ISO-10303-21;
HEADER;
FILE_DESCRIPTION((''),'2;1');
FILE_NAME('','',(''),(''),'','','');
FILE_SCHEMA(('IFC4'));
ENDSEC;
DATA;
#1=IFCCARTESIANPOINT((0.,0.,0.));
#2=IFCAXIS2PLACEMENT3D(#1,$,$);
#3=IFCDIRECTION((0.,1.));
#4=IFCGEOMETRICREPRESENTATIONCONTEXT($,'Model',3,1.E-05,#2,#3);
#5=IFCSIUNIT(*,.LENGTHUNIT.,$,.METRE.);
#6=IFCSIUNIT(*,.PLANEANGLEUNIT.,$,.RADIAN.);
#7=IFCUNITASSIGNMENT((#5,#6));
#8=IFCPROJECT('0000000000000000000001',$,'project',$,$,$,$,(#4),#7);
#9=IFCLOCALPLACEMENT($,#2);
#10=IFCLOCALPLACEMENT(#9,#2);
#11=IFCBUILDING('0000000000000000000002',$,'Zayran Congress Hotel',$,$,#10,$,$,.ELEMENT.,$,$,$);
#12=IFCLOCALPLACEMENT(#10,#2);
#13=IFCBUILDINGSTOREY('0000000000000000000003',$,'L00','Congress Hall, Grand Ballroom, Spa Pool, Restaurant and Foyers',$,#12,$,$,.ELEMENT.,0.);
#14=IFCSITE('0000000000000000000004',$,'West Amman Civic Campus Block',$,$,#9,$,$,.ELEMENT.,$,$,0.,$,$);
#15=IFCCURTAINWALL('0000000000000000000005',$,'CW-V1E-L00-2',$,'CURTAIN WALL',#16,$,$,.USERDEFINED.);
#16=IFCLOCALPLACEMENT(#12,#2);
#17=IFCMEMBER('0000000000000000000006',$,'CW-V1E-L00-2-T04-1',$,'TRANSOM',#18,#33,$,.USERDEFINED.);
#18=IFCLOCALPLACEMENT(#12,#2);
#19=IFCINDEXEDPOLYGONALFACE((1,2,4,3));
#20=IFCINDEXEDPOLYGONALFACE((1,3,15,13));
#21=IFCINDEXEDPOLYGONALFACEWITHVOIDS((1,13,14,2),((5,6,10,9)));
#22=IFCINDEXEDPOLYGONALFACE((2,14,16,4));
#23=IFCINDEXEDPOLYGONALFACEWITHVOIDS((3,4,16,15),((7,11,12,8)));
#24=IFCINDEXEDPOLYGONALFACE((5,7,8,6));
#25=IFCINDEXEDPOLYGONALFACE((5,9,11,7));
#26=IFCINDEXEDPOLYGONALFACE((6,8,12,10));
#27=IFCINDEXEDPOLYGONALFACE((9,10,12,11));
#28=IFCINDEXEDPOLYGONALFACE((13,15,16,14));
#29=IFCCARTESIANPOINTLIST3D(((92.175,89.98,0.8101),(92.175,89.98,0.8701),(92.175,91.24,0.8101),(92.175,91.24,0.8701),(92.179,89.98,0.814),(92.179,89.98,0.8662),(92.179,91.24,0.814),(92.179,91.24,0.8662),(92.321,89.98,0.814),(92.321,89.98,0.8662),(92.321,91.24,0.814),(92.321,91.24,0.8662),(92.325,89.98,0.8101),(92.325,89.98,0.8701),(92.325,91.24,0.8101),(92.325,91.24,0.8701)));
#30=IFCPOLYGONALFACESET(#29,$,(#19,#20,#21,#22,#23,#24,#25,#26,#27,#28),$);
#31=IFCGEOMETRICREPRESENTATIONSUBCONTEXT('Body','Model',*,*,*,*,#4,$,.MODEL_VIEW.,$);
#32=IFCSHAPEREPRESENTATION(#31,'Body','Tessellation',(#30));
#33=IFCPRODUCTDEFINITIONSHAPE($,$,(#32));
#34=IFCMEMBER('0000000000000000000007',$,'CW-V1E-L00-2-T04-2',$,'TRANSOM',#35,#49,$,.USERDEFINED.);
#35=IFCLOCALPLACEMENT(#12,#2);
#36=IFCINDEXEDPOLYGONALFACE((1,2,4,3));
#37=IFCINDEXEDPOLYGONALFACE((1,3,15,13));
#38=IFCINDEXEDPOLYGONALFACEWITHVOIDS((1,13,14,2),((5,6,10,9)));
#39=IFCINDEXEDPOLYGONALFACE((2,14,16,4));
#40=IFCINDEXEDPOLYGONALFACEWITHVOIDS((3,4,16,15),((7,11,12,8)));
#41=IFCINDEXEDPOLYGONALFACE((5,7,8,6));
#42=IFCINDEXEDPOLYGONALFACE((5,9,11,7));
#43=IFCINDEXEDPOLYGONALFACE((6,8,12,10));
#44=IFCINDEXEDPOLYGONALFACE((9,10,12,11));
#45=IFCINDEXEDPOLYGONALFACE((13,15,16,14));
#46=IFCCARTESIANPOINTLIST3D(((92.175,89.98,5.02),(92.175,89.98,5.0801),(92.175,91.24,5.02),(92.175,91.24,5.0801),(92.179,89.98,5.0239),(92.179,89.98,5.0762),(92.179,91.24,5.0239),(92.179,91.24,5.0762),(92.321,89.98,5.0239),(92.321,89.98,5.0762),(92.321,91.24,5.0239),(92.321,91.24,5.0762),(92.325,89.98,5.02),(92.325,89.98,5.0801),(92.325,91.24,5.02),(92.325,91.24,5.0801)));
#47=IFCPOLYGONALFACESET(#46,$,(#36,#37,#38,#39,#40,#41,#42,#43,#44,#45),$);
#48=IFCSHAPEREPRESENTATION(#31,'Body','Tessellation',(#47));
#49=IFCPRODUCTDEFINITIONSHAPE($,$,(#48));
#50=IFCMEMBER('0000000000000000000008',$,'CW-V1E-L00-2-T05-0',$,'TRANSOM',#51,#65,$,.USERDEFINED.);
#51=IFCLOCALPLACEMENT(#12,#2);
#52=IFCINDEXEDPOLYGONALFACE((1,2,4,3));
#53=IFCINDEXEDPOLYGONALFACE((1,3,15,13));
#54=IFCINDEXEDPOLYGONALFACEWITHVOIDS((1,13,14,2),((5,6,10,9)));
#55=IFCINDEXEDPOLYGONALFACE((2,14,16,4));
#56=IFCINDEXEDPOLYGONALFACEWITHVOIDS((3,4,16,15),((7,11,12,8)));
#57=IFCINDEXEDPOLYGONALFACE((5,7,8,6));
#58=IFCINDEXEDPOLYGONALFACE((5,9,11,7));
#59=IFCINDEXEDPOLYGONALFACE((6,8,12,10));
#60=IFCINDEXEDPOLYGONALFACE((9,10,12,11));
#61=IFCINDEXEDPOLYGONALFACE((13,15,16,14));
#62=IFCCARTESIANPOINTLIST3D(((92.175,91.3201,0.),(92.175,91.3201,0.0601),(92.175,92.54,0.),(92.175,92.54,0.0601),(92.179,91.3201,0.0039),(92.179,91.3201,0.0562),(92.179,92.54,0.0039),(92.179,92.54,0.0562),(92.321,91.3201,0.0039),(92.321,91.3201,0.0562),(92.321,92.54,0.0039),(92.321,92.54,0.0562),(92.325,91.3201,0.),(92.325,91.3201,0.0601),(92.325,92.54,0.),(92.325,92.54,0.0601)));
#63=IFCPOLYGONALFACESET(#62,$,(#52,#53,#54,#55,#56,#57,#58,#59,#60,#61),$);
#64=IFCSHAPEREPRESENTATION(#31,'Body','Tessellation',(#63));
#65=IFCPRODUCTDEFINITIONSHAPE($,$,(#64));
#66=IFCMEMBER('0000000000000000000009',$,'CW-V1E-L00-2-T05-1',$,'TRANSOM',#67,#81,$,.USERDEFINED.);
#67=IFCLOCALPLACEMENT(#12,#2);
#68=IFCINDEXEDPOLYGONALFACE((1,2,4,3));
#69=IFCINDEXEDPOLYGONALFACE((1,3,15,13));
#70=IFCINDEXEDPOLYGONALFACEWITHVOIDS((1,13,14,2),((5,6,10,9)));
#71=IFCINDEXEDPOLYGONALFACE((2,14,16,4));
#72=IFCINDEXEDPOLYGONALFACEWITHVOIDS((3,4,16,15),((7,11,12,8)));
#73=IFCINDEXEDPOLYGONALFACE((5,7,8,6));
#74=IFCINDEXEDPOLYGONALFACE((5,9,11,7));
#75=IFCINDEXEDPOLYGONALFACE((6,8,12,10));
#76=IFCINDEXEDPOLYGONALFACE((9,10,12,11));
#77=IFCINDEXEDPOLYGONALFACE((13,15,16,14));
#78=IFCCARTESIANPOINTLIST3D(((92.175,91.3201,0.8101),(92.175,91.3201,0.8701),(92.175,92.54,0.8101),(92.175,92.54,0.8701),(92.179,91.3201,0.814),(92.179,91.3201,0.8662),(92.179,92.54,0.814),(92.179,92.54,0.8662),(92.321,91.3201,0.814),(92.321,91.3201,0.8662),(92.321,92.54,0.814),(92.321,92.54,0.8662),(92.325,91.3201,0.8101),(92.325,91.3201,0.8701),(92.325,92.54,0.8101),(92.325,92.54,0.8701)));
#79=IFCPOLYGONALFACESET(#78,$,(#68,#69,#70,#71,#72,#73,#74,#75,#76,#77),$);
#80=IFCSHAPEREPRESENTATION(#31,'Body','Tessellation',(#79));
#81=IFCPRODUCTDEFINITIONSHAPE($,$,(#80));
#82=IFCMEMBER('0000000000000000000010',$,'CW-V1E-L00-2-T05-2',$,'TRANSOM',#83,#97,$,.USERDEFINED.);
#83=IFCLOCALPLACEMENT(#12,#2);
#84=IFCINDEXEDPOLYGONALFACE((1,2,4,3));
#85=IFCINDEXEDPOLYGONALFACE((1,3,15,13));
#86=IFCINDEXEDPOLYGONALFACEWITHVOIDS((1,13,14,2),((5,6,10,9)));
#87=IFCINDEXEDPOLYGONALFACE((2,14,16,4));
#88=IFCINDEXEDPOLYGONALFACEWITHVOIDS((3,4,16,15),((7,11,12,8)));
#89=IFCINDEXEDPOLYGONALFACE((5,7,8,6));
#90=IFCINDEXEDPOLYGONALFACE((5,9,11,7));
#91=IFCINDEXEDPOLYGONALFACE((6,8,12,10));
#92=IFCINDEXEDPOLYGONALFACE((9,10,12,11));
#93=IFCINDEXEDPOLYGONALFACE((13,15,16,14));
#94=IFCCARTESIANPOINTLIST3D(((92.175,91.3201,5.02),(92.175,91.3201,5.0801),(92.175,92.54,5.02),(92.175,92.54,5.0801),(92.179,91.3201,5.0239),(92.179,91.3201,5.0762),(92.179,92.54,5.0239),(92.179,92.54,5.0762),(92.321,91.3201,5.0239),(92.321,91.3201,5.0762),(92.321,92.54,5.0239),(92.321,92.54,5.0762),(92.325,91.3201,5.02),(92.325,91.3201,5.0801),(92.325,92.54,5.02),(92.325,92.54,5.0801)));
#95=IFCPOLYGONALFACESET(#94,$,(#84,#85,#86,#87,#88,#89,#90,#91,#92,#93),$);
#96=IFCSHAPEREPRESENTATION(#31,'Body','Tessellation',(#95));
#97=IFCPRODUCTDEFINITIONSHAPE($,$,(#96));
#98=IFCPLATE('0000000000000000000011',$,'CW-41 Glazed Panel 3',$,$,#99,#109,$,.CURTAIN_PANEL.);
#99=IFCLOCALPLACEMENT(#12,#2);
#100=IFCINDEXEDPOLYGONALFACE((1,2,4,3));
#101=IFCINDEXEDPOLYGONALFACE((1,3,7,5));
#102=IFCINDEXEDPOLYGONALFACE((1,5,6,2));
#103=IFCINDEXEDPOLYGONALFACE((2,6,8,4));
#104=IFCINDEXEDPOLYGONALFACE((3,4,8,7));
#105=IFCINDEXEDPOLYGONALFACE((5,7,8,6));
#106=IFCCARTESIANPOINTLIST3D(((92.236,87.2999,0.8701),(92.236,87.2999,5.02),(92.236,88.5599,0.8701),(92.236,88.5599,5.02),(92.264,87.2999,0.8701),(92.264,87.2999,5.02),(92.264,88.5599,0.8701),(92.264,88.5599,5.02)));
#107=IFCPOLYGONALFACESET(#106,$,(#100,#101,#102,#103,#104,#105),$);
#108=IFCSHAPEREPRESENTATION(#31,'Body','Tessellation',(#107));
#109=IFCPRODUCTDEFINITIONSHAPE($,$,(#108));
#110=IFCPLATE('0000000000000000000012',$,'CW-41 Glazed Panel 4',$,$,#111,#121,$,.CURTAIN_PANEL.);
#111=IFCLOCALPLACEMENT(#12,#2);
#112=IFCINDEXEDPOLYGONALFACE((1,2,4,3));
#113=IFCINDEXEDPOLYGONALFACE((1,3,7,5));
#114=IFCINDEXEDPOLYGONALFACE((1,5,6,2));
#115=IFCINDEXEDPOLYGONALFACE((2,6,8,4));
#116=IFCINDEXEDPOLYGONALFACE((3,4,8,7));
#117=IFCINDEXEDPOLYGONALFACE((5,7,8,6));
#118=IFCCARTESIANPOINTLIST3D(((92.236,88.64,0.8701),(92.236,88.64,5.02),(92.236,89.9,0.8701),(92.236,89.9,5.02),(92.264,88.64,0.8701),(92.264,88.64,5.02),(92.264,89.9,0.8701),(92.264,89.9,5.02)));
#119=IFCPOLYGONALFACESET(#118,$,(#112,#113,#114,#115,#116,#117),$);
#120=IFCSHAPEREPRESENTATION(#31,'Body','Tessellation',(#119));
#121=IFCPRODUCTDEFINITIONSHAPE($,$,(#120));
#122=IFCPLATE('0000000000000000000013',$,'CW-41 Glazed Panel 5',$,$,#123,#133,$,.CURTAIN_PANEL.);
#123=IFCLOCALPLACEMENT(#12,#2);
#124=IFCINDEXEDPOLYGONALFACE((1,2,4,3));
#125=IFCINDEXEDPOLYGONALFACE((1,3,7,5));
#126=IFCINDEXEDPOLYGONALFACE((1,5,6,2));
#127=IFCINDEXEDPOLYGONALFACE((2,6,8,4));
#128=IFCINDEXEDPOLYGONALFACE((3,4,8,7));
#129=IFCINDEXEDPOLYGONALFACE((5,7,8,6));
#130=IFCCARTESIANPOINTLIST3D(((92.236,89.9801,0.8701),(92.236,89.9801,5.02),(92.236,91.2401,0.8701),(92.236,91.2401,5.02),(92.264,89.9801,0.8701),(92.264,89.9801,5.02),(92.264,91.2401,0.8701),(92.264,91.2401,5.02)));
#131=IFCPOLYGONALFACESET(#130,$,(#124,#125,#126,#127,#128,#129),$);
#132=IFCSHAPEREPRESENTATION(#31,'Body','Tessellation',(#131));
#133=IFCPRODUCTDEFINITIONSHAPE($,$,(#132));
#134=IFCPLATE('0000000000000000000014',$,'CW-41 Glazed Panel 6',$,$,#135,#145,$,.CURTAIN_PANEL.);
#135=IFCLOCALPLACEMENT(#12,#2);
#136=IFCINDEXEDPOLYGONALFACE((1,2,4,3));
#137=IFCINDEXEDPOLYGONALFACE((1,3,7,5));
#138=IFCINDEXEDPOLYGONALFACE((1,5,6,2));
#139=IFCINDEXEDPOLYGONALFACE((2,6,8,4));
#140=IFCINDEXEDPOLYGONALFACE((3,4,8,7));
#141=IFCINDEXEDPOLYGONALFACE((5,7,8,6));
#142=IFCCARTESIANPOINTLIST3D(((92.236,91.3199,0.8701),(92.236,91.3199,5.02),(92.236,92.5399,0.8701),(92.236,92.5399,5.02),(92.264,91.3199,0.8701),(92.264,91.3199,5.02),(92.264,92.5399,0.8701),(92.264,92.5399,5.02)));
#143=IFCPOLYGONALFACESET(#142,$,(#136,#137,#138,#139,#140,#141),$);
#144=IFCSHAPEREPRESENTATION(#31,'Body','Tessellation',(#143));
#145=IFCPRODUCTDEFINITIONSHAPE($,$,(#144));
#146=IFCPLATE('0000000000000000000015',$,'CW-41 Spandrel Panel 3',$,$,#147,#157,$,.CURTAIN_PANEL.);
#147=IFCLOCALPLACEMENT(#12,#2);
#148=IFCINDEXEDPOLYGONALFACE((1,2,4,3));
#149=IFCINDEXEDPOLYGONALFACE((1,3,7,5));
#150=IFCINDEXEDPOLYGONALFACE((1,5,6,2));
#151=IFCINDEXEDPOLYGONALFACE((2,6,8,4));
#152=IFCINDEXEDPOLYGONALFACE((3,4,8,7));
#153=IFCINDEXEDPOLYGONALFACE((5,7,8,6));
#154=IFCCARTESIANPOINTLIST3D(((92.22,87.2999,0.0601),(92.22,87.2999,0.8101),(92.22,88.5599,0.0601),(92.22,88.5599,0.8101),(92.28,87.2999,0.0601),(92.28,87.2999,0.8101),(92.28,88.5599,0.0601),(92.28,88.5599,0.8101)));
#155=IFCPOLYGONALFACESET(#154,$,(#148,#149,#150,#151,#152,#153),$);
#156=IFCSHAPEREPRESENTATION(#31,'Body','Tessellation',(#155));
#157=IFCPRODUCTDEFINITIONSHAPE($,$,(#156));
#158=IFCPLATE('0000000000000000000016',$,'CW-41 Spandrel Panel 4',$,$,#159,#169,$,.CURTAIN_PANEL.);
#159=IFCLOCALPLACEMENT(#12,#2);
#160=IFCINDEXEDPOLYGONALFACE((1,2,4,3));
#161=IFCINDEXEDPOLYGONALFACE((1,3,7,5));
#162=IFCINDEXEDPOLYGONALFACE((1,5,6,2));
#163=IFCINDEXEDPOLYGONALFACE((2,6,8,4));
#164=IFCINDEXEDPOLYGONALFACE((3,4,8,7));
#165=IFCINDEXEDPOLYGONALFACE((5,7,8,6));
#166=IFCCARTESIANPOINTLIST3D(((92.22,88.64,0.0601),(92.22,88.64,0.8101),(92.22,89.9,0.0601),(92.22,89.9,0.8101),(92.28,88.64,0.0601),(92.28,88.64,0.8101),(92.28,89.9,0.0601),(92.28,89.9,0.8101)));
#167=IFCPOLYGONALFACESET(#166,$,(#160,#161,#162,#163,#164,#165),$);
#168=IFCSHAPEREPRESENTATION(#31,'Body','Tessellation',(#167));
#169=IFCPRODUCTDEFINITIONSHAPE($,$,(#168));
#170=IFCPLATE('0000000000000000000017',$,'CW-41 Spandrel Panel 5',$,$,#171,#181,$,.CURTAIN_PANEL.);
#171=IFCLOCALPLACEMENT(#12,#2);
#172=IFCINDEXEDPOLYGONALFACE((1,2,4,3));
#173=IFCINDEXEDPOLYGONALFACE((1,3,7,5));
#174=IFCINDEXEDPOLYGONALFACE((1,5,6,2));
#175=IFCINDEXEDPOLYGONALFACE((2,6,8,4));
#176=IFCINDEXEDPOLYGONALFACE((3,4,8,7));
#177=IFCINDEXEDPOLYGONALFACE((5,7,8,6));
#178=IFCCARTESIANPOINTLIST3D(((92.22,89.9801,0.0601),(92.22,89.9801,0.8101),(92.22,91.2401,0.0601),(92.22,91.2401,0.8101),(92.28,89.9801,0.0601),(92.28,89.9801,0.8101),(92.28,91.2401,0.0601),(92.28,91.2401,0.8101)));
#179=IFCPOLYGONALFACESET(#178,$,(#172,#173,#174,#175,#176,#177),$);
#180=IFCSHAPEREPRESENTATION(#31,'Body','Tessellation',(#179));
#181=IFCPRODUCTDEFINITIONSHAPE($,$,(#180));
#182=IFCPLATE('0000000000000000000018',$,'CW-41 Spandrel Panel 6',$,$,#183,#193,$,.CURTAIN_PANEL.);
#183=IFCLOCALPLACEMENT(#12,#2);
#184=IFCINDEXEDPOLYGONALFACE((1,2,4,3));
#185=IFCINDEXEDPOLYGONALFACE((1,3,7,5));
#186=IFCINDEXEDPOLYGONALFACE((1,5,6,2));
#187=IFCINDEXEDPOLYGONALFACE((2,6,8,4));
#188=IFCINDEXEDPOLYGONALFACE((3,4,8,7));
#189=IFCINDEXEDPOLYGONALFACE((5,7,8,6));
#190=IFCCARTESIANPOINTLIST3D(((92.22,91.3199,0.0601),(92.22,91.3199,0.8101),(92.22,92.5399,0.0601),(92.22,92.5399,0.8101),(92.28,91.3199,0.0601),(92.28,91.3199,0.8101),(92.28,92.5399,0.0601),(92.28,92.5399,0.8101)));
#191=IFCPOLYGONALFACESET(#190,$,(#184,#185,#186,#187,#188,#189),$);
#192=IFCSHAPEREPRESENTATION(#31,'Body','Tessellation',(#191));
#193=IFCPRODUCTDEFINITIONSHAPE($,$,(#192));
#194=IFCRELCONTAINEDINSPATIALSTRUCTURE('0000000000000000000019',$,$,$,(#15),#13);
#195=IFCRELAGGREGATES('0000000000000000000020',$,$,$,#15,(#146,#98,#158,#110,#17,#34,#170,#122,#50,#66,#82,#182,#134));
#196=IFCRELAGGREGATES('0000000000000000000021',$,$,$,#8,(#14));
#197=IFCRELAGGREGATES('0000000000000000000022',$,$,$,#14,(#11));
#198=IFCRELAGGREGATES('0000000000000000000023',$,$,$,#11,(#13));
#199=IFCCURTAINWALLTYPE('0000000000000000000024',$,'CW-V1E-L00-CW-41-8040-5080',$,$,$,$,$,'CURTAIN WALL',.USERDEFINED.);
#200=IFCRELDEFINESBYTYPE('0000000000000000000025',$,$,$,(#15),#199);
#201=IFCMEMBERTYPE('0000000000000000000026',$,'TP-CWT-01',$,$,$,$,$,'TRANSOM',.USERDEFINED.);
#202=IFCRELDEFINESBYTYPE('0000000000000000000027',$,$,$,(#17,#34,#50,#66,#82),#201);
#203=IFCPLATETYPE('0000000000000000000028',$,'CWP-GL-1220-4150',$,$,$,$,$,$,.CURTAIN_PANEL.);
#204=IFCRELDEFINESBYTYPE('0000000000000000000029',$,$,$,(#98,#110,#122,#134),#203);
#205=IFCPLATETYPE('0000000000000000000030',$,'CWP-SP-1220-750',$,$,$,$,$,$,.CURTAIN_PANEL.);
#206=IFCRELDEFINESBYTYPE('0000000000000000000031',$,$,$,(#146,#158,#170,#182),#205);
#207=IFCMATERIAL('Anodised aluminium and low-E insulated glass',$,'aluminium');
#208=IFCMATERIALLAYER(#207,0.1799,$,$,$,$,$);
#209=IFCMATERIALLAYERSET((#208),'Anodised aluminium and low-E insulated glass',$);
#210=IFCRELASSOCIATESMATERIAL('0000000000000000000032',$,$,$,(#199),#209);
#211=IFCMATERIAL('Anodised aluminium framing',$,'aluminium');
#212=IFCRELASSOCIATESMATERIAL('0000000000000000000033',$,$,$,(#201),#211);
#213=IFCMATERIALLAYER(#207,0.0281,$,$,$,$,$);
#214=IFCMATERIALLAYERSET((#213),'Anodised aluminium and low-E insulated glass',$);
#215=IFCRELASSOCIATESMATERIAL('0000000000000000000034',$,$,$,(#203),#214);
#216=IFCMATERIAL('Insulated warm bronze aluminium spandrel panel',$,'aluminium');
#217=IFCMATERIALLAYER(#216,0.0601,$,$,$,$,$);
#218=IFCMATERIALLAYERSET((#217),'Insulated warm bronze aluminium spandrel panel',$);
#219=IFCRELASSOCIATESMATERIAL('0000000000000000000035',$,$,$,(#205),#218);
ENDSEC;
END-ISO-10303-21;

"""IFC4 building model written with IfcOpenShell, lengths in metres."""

from ifc_helpers import new_model, si_unit, direction, frame, origin, origin_2d, place, context, subcontext, project, spatial, rectangle, hollow_rectangle, extrude, material, layer, layer_set, material_profile, profile_set, type_object, element, aggregate, save


model = new_model("IFC4")

# Units and contexts
model_context = context("Model", 3, precision=1e-05, world=origin(), true_north=direction((0.0, 1.0)))
body_context = subcontext(model_context, "Body", "Model", "MODEL_VIEW")
ifc_project = project(units=[si_unit("LENGTHUNIT", "METRE"), si_unit("PLANEANGLEUNIT", "RADIAN")], contexts=[model_context])

# Site, building, storey
site_placement = place(None, origin())
site = spatial("IfcSite", under=ifc_project, at=site_placement, Name="West Amman Civic Campus Block", CompositionType="ELEMENT", RefElevation=0.0)
building_placement = place(site_placement, origin())
building = spatial("IfcBuilding", under=site, at=building_placement, Name="Zayran Congress Hotel", CompositionType="ELEMENT")
storey_placement = place(building_placement, origin())
storey = spatial("IfcBuildingStorey", under=building, at=storey_placement, Name="L00", Description="Congress Hall, Grand Ballroom, Spa Pool, Restaurant and Foyers", CompositionType="ELEMENT", Elevation=0.0)

# Curtain wall, members, plates
ifc_material_1 = material(Name="Anodised aluminium and low-E insulated glass", Category="aluminium")
ifc_layer_1 = layer(ifc_material_1, 0.1799)
ifc_layer_set_1 = layer_set([ifc_layer_1], Name="Anodised aluminium and low-E insulated glass")
curtain_wall_type = type_object("IfcCurtainWallType", Name="CW-V1E-L00-CW-41-8040-5080", ElementType="CURTAIN WALL", PredefinedType="USERDEFINED", material=ifc_layer_set_1)
curtain_wall_placement = place(storey_placement, origin())
curtain_wall = element("IfcCurtainWall", 1, at=curtain_wall_placement, inside=storey, type_object=curtain_wall_type, Name="CW-V1E-L00-2", ObjectType="CURTAIN WALL", PredefinedType="USERDEFINED")
ifc_material_2 = material(Name="Anodised aluminium framing", Category="aluminium")
ifc_material_profile_1 = material_profile(ifc_material_2, hollow_rectangle(XDim=0.0601, YDim=0.1499, WallThickness=0.0039, at=origin_2d()), Name="RHS 150x60x4")
ifc_profile_set_1 = profile_set([ifc_material_profile_1], Name="Anodised aluminium framing")
member_type_1 = type_object("IfcMemberType", Name="TP-CWT-01", ElementType="TRANSOM", PredefinedType="USERDEFINED", material=ifc_profile_set_1)
member_1_placement = place(storey_placement, frame((92.25, 89.98, 0.8401), z_axis=(0.0, 1.0, 0.0), x_axis=(0.0, 0.0, 1.0)))
member_1 = element("IfcMember", 2, at=member_1_placement, type_object=member_type_1, Name="CW-V1E-L00-2-T04-1", ObjectType="TRANSOM", PredefinedType="USERDEFINED", context=body_context, shape_type="SweptSolid", body=[
    extrude(hollow_rectangle(XDim=0.0601, YDim=0.1499, WallThickness=0.0039, at=origin_2d()), origin(), (0.0, 0.0, 1.0), 1.26),
])
member_2_placement = place(storey_placement, frame((92.25, 89.98, 5.05), z_axis=(0.0, 1.0, 0.0), x_axis=(0.0, 0.0, 1.0)))
member_2 = element("IfcMember", 3, at=member_2_placement, type_object=member_type_1, Name="CW-V1E-L00-2-T04-2", ObjectType="TRANSOM", PredefinedType="USERDEFINED", context=body_context, shape_type="SweptSolid", body=[
    extrude(hollow_rectangle(XDim=0.0601, YDim=0.1499, WallThickness=0.0039, at=origin_2d()), origin(), (0.0, 0.0, 1.0), 1.26),
])
member_3_placement = place(storey_placement, frame((92.25, 91.3201, 0.03), z_axis=(0.0, 1.0, 0.0), x_axis=(0.0, 0.0, 1.0)))
member_3 = element("IfcMember", 4, at=member_3_placement, type_object=member_type_1, Name="CW-V1E-L00-2-T05-0", ObjectType="TRANSOM", PredefinedType="USERDEFINED", context=body_context, shape_type="SweptSolid", body=[
    extrude(hollow_rectangle(XDim=0.0601, YDim=0.1499, WallThickness=0.0039, at=origin_2d()), origin(), (0.0, 0.0, 1.0), 1.22),
])
member_4_placement = place(storey_placement, frame((92.25, 91.3201, 0.8401), z_axis=(0.0, 1.0, 0.0), x_axis=(0.0, 0.0, 1.0)))
member_4 = element("IfcMember", 5, at=member_4_placement, type_object=member_type_1, Name="CW-V1E-L00-2-T05-1", ObjectType="TRANSOM", PredefinedType="USERDEFINED", context=body_context, shape_type="SweptSolid", body=[
    extrude(hollow_rectangle(XDim=0.0601, YDim=0.1499, WallThickness=0.0039, at=origin_2d()), origin(), (0.0, 0.0, 1.0), 1.22),
])
member_5_placement = place(storey_placement, frame((92.25, 91.3201, 5.05), z_axis=(0.0, 1.0, 0.0), x_axis=(0.0, 0.0, 1.0)))
member_5 = element("IfcMember", 6, at=member_5_placement, type_object=member_type_1, Name="CW-V1E-L00-2-T05-2", ObjectType="TRANSOM", PredefinedType="USERDEFINED", context=body_context, shape_type="SweptSolid", body=[
    extrude(hollow_rectangle(XDim=0.0601, YDim=0.1499, WallThickness=0.0039, at=origin_2d()), origin(), (0.0, 0.0, 1.0), 1.22),
])
ifc_layer_2 = layer(ifc_material_1, 0.0281)
ifc_layer_set_2 = layer_set([ifc_layer_2], Name="Anodised aluminium and low-E insulated glass")
plate_type_1 = type_object("IfcPlateType", Name="CWP-GL-1220-4150", PredefinedType="CURTAIN_PANEL", material=ifc_layer_set_2)
plate_1_placement = place(storey_placement, frame((92.25, 87.9299, 0.8701), z_axis=(0.0, 0.0, 1.0), x_axis=(0.0, 1.0, 0.0)))
plate_1 = element("IfcPlate", 7, at=plate_1_placement, type_object=plate_type_1, Name="CW-41 Glazed Panel 3", PredefinedType="CURTAIN_PANEL", context=body_context, shape_type="SweptSolid", body=[
    extrude(rectangle(XDim=1.26, YDim=0.0281, at=origin_2d()), origin(), (0.0, 0.0, 1.0), 4.1499),
])
plate_2_placement = place(storey_placement, frame((92.25, 89.27, 0.8701), z_axis=(0.0, 0.0, 1.0), x_axis=(0.0, 1.0, 0.0)))
plate_2 = element("IfcPlate", 8, at=plate_2_placement, type_object=plate_type_1, Name="CW-41 Glazed Panel 4", PredefinedType="CURTAIN_PANEL", context=body_context, shape_type="SweptSolid", body=[
    extrude(rectangle(XDim=1.26, YDim=0.0281, at=origin_2d()), origin(), (0.0, 0.0, 1.0), 4.1499),
])
plate_3_placement = place(storey_placement, frame((92.25, 90.6101, 0.8701), z_axis=(0.0, 0.0, 1.0), x_axis=(0.0, 1.0, 0.0)))
plate_3 = element("IfcPlate", 9, at=plate_3_placement, type_object=plate_type_1, Name="CW-41 Glazed Panel 5", PredefinedType="CURTAIN_PANEL", context=body_context, shape_type="SweptSolid", body=[
    extrude(rectangle(XDim=1.26, YDim=0.0281, at=origin_2d()), origin(), (0.0, 0.0, 1.0), 4.1499),
])
plate_4_placement = place(storey_placement, frame((92.25, 91.9299, 0.8701), z_axis=(0.0, 0.0, 1.0), x_axis=(0.0, 1.0, 0.0)))
plate_4 = element("IfcPlate", 10, at=plate_4_placement, type_object=plate_type_1, Name="CW-41 Glazed Panel 6", PredefinedType="CURTAIN_PANEL", context=body_context, shape_type="SweptSolid", body=[
    extrude(rectangle(XDim=1.22, YDim=0.0281, at=origin_2d()), origin(), (0.0, 0.0, 1.0), 4.1499),
])
ifc_material_3 = material(Name="Insulated warm bronze aluminium spandrel panel", Category="aluminium")
ifc_layer_3 = layer(ifc_material_3, 0.0601)
ifc_layer_set_3 = layer_set([ifc_layer_3], Name="Insulated warm bronze aluminium spandrel panel")
plate_type_2 = type_object("IfcPlateType", Name="CWP-SP-1220-750", PredefinedType="CURTAIN_PANEL", material=ifc_layer_set_3)
plate_5_placement = place(storey_placement, frame((92.25, 87.9299, 0.0601), z_axis=(0.0, 0.0, 1.0), x_axis=(0.0, 1.0, 0.0)))
plate_5 = element("IfcPlate", 11, at=plate_5_placement, type_object=plate_type_2, Name="CW-41 Spandrel Panel 3", PredefinedType="CURTAIN_PANEL", context=body_context, shape_type="SweptSolid", body=[
    extrude(rectangle(XDim=1.26, YDim=0.0601, at=origin_2d()), origin(), (0.0, 0.0, 1.0), 0.75),
])
plate_6_placement = place(storey_placement, frame((92.25, 89.27, 0.0601), z_axis=(0.0, 0.0, 1.0), x_axis=(0.0, 1.0, 0.0)))
plate_6 = element("IfcPlate", 12, at=plate_6_placement, type_object=plate_type_2, Name="CW-41 Spandrel Panel 4", PredefinedType="CURTAIN_PANEL", context=body_context, shape_type="SweptSolid", body=[
    extrude(rectangle(XDim=1.26, YDim=0.0601, at=origin_2d()), origin(), (0.0, 0.0, 1.0), 0.75),
])
plate_7_placement = place(storey_placement, frame((92.25, 90.6101, 0.0601), z_axis=(0.0, 0.0, 1.0), x_axis=(0.0, 1.0, 0.0)))
plate_7 = element("IfcPlate", 13, at=plate_7_placement, type_object=plate_type_2, Name="CW-41 Spandrel Panel 5", PredefinedType="CURTAIN_PANEL", context=body_context, shape_type="SweptSolid", body=[
    extrude(rectangle(XDim=1.26, YDim=0.0601, at=origin_2d()), origin(), (0.0, 0.0, 1.0), 0.75),
])
plate_8_placement = place(storey_placement, frame((92.25, 91.9299, 0.0601), z_axis=(0.0, 0.0, 1.0), x_axis=(0.0, 1.0, 0.0)))
plate_8 = element("IfcPlate", 14, at=plate_8_placement, type_object=plate_type_2, Name="CW-41 Spandrel Panel 6", PredefinedType="CURTAIN_PANEL", context=body_context, shape_type="SweptSolid", body=[
    extrude(rectangle(XDim=1.22, YDim=0.0601, at=origin_2d()), origin(), (0.0, 0.0, 1.0), 0.75),
])
aggregate(curtain_wall, [plate_5, plate_1, plate_6, plate_2, member_1, member_2, plate_7, plate_3, member_3, member_4, member_5, plate_8, plate_4])

save(model, "model.ifc")
